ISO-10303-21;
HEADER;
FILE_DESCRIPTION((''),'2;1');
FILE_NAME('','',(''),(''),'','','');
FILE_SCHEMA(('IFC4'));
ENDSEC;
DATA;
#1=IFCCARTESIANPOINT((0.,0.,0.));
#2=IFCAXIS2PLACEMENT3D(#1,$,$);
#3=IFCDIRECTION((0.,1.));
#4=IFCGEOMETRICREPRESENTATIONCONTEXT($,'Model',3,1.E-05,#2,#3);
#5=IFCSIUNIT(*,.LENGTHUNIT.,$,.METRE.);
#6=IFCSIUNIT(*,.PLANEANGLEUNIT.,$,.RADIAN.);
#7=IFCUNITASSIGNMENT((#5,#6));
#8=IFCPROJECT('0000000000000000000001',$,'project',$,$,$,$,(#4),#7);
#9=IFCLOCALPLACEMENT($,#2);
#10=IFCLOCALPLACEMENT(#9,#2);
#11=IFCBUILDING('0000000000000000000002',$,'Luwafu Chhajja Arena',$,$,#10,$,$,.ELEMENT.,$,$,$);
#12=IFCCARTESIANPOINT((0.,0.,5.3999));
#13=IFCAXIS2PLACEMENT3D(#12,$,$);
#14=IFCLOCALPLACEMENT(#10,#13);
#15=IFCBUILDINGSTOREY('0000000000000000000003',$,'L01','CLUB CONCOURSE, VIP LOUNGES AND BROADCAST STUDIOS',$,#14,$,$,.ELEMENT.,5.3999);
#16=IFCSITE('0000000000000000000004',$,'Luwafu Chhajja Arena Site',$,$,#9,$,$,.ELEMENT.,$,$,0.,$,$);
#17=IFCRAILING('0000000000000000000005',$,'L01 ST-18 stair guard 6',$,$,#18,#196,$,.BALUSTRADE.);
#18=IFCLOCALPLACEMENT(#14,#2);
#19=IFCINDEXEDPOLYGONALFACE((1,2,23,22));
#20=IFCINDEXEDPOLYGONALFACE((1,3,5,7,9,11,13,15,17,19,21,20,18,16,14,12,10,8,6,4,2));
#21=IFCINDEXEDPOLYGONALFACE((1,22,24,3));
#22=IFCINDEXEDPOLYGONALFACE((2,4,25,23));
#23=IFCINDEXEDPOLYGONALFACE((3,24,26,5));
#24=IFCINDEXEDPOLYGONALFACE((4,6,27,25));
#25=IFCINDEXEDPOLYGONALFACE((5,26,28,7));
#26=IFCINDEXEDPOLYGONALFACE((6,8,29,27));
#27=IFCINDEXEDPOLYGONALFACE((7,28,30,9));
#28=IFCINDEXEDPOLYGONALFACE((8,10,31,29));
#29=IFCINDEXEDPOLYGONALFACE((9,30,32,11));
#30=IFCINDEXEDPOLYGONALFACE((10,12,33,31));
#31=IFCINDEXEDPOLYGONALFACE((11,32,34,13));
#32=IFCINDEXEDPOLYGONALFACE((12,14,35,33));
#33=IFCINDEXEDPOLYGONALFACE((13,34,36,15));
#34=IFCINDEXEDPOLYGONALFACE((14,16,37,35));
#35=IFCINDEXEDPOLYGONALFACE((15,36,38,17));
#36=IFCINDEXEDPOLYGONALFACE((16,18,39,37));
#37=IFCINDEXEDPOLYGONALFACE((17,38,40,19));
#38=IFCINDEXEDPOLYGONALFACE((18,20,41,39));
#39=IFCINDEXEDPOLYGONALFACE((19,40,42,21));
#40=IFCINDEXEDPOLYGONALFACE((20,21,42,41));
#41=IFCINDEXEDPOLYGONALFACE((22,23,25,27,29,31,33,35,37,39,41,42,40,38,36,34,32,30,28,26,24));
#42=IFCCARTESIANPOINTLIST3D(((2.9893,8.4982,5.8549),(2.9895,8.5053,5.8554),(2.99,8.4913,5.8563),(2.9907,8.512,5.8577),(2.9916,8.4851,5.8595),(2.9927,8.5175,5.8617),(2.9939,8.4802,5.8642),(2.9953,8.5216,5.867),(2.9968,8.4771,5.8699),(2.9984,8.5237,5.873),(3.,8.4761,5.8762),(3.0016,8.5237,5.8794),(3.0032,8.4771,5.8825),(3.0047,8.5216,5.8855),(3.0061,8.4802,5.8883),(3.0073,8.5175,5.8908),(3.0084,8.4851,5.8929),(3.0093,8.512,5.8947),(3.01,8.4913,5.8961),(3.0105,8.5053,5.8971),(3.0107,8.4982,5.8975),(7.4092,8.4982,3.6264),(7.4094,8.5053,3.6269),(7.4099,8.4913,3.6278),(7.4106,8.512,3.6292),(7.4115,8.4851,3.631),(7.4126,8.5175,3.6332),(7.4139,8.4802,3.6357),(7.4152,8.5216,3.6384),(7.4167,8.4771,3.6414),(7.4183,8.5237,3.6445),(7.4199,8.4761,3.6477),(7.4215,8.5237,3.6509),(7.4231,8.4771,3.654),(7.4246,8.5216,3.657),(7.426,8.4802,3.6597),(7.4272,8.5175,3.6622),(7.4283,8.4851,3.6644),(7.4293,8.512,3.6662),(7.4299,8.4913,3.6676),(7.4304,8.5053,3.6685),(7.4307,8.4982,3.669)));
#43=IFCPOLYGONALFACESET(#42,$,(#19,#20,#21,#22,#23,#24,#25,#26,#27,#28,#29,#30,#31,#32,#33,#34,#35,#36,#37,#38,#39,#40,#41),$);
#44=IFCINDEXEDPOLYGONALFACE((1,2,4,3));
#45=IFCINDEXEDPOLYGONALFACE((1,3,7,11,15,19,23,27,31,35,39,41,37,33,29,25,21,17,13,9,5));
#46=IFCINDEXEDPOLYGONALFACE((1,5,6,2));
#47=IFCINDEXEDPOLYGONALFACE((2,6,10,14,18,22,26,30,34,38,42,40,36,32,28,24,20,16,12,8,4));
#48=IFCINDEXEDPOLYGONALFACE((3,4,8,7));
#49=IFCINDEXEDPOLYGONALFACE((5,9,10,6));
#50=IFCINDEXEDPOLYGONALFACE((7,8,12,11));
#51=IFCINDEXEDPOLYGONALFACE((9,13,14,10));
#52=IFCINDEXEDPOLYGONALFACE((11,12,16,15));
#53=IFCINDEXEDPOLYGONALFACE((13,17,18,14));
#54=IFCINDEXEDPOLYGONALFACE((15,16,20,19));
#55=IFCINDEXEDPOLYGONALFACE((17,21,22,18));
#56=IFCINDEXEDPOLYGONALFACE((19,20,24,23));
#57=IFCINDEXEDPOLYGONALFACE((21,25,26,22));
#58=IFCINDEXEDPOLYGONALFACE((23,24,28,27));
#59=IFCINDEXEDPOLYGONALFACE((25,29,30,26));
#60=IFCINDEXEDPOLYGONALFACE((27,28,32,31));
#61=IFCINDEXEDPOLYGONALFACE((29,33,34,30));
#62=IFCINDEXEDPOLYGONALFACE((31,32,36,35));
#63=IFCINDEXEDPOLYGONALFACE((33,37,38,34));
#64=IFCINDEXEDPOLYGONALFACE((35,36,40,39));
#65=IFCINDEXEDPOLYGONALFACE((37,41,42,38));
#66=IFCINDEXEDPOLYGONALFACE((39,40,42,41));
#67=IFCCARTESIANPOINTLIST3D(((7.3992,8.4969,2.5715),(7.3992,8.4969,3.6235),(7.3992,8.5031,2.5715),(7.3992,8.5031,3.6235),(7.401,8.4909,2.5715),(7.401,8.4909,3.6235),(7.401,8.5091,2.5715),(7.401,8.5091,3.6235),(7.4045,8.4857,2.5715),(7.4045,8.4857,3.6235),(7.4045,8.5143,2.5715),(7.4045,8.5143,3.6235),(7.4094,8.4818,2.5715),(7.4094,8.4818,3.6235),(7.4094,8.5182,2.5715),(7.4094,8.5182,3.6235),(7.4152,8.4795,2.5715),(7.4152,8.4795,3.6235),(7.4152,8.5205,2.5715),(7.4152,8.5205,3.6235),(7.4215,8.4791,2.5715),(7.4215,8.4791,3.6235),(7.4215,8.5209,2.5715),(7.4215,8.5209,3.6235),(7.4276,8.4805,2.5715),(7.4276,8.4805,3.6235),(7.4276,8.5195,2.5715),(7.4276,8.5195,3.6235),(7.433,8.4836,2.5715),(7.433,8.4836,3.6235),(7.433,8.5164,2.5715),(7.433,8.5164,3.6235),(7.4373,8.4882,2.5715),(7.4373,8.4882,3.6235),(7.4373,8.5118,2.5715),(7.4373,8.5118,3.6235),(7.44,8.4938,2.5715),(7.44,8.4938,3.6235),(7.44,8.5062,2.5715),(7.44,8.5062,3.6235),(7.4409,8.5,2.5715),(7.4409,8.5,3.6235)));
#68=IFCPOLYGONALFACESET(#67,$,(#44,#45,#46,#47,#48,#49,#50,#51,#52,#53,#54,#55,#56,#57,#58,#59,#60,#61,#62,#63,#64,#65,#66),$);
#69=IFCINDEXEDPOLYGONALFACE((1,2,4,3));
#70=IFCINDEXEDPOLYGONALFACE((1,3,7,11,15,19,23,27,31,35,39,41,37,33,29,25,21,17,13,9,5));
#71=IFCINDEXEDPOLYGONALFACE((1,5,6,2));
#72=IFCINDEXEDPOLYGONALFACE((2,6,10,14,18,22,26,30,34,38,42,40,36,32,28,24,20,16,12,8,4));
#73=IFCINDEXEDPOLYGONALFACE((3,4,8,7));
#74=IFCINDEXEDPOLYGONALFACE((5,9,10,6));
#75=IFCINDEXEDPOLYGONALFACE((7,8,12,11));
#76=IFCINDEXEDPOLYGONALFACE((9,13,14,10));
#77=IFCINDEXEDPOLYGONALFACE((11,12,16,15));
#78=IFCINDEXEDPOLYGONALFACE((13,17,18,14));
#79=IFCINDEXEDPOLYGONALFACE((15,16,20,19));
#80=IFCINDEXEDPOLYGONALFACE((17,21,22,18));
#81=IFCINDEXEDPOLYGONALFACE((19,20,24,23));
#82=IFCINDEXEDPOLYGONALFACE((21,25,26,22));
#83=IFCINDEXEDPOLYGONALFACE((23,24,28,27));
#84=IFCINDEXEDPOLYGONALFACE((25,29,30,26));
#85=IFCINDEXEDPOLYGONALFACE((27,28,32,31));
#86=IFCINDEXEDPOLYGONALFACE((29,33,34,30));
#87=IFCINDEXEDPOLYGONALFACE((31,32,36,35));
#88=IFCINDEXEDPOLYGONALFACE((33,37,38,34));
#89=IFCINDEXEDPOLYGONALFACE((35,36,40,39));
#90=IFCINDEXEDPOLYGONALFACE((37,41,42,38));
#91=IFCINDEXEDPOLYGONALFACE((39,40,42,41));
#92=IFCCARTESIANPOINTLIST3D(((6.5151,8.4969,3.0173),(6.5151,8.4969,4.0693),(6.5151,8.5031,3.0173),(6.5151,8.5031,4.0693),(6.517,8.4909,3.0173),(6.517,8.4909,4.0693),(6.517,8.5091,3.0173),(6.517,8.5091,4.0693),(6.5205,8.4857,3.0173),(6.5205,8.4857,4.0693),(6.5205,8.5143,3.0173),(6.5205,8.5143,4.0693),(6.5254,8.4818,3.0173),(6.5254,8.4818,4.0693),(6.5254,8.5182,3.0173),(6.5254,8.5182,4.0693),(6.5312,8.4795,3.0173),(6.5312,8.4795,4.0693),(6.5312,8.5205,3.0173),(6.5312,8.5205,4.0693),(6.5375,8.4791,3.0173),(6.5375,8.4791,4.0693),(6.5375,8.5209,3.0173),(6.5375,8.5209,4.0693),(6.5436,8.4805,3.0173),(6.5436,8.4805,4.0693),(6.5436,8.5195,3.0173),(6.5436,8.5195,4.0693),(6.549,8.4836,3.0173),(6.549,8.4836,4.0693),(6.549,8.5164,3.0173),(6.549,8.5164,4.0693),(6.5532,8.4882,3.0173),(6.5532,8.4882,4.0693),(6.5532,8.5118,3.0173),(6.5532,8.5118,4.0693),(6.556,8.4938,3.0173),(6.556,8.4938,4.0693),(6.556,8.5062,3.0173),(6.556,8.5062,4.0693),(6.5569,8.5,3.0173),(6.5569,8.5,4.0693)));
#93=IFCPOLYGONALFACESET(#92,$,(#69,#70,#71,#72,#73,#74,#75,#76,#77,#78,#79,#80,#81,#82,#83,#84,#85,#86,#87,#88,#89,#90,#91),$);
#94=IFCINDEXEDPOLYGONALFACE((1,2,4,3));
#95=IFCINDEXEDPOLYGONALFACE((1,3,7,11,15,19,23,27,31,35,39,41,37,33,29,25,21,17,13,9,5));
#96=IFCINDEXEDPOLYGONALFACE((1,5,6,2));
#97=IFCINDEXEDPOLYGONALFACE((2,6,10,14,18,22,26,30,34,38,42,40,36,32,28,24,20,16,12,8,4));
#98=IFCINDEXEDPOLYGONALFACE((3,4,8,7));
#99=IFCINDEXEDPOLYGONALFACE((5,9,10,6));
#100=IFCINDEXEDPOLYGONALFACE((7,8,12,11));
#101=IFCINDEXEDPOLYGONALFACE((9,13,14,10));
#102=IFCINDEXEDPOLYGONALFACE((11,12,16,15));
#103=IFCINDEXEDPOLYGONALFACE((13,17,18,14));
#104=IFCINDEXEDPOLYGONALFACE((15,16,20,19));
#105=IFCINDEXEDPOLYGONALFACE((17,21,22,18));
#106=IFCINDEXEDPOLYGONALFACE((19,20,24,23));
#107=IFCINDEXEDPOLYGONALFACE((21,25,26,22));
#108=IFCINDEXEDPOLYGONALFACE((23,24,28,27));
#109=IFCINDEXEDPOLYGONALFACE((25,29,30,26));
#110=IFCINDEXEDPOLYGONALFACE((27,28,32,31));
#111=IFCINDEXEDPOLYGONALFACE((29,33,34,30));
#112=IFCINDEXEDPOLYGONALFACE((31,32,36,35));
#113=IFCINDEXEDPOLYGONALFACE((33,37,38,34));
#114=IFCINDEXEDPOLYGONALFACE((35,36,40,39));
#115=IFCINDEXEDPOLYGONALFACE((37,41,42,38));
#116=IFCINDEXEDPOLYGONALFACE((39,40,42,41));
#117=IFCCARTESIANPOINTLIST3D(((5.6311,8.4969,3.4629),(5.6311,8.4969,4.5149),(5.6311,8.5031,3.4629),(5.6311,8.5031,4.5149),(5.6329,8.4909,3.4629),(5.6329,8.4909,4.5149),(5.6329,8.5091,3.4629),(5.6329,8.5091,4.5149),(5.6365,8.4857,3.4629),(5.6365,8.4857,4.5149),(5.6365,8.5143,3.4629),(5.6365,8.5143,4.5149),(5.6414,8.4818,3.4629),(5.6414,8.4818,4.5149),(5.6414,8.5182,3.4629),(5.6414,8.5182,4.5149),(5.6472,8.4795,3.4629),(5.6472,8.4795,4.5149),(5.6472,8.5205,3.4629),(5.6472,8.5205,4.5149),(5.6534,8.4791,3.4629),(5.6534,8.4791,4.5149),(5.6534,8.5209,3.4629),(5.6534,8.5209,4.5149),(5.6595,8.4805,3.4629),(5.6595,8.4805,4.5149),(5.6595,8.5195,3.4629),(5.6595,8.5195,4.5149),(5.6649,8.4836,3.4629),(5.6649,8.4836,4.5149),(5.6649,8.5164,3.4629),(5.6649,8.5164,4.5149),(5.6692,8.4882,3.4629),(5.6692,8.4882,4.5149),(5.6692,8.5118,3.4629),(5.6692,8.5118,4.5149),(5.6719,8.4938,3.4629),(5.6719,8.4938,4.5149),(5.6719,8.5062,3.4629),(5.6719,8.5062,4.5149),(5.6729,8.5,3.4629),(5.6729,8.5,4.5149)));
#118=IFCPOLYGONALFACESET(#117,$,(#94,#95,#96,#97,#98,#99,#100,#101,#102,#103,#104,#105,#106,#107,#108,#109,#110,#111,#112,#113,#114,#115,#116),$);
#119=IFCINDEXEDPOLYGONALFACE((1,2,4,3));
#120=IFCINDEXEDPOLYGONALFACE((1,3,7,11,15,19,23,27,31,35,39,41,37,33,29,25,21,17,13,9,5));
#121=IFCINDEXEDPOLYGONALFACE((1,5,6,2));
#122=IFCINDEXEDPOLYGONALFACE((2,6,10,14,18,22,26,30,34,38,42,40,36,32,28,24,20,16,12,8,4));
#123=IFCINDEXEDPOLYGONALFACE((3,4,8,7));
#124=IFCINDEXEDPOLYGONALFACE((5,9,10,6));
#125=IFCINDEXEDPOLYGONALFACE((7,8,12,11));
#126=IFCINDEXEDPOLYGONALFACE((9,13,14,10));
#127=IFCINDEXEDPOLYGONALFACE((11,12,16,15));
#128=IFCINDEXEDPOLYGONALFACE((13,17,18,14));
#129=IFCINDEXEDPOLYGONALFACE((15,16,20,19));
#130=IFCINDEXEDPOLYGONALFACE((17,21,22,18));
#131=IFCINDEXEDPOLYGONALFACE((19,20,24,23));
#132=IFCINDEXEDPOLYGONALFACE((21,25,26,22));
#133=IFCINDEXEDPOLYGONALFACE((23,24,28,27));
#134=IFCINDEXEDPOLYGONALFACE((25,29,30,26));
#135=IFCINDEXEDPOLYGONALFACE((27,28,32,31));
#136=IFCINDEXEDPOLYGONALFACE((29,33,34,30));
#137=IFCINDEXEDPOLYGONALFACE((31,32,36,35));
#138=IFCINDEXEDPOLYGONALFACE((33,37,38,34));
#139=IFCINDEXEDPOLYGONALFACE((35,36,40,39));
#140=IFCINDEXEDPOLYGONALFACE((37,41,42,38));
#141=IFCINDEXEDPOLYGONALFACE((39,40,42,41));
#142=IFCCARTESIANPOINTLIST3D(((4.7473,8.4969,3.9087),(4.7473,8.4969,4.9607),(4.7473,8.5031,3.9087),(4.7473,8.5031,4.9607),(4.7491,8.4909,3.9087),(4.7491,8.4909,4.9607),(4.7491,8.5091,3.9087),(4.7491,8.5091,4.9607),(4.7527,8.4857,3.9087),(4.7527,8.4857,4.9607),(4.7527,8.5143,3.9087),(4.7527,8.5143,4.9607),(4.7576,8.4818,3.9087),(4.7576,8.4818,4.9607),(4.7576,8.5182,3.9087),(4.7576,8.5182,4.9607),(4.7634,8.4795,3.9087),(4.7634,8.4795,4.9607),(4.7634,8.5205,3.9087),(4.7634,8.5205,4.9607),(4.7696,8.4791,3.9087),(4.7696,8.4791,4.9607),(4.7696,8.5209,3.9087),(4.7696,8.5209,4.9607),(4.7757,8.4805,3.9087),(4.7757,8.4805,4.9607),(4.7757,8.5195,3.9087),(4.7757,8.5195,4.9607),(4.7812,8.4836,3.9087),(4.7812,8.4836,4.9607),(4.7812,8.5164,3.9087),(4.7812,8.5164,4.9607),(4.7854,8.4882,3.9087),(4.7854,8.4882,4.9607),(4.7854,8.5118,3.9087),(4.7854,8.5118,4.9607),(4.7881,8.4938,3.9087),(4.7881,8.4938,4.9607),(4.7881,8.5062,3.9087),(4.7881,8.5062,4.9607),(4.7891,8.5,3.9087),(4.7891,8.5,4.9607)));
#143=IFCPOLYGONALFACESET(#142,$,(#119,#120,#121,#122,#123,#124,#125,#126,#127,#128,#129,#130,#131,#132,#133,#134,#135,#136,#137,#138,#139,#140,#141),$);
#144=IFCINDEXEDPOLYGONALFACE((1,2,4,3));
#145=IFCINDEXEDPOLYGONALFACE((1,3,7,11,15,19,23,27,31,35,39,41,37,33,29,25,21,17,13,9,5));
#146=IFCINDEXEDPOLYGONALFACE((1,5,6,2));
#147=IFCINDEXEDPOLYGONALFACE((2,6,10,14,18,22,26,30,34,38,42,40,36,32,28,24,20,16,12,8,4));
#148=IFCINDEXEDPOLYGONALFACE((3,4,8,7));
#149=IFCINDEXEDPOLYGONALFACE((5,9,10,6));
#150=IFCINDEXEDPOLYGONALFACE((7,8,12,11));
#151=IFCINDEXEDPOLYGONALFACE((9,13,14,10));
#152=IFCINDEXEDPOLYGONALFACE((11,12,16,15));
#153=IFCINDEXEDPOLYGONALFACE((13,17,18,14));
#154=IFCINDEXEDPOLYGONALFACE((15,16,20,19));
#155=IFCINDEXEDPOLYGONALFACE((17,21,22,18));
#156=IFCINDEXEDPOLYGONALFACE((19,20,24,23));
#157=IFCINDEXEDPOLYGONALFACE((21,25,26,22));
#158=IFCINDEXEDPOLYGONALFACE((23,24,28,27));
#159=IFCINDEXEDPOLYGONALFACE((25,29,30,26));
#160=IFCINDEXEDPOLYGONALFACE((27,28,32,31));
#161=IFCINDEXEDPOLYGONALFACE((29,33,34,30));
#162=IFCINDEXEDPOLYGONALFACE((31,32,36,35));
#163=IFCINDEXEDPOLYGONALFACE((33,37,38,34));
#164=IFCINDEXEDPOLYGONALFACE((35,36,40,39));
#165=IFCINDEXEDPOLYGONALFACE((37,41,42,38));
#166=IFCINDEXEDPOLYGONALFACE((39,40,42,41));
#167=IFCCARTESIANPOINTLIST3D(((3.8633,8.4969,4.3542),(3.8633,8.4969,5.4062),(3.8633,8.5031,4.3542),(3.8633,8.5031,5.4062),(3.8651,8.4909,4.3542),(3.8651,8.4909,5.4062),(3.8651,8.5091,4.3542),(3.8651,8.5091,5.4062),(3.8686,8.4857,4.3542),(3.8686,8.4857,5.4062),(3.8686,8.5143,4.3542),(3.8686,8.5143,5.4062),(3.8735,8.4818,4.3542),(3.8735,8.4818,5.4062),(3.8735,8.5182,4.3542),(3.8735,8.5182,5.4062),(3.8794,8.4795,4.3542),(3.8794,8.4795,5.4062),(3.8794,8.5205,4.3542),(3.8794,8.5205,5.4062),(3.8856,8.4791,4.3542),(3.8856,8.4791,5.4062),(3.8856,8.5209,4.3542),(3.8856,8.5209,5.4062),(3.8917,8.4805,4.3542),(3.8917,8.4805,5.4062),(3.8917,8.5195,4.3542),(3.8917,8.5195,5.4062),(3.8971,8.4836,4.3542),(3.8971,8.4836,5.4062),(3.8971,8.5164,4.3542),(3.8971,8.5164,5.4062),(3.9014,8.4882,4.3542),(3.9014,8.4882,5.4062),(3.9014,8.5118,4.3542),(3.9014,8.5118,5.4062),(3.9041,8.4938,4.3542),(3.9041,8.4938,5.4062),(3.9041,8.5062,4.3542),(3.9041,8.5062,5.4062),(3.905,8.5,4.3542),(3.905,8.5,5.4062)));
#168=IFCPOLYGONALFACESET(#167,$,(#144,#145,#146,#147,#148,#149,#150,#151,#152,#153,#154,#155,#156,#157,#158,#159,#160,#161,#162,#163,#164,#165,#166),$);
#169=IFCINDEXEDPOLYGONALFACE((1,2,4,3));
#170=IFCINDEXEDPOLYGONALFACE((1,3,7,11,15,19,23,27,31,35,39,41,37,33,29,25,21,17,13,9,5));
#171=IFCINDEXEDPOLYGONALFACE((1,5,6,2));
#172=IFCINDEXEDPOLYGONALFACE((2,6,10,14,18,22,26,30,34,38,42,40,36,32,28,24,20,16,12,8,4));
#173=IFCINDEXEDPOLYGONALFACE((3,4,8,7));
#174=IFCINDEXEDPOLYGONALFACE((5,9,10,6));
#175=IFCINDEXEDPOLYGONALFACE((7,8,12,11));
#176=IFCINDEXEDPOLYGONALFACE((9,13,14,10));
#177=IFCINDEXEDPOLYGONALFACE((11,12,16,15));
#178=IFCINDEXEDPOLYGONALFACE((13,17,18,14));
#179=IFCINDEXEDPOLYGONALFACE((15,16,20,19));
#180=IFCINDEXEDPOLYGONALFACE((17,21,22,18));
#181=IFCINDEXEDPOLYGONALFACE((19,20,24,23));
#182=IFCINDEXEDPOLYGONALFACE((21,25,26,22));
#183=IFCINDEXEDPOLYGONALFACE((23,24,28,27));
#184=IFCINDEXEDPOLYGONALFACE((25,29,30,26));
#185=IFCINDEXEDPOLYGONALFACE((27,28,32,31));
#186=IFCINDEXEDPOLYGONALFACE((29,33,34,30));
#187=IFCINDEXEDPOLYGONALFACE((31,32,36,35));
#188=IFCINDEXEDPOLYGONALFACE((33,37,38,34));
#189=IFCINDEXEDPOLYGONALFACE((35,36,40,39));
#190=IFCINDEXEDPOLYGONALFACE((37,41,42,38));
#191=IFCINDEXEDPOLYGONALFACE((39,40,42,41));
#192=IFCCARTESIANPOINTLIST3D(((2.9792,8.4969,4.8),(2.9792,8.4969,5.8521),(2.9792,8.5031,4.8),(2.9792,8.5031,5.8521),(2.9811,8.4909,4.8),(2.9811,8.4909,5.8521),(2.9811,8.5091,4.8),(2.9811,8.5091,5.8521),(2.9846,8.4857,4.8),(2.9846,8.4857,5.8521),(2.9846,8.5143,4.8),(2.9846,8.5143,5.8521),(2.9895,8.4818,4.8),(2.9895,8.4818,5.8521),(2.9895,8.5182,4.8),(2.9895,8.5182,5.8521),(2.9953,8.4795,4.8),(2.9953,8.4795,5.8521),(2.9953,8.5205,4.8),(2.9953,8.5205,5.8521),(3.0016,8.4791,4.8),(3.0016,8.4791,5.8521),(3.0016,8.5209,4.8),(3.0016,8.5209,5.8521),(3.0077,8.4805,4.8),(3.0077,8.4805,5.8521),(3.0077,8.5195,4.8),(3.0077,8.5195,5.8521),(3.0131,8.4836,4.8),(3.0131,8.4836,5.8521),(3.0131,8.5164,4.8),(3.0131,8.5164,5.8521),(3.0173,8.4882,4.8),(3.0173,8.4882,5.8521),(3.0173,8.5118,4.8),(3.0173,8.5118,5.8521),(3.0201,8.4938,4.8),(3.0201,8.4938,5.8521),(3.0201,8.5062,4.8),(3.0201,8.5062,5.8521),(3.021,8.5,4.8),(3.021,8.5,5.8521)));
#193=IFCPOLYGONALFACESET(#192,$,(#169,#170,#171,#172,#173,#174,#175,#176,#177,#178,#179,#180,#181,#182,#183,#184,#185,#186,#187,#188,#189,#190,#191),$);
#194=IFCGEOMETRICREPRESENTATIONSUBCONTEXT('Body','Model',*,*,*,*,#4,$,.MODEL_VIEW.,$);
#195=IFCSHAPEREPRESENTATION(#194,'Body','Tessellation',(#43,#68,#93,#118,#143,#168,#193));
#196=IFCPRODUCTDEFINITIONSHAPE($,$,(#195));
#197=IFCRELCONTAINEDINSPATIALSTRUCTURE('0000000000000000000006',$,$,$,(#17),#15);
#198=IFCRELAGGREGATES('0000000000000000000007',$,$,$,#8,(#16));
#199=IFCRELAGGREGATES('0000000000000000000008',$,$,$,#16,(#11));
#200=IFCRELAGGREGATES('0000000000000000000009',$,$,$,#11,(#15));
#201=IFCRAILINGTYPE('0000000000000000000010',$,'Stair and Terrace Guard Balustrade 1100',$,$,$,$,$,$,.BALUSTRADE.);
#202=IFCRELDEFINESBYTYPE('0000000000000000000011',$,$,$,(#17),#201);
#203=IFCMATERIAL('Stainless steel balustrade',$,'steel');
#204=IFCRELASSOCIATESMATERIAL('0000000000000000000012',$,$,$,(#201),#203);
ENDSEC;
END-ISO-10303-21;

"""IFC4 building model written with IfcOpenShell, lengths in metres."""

from ifc_helpers import new_model, si_unit, direction, frame, origin, origin_2d, place, context, subcontext, project, spatial, circle, extrude, material, type_object, element, save


model = new_model("IFC4")

# Units and contexts
model_context = context("Model", 3, precision=1e-05, world=origin(), true_north=direction((0.0, 1.0)))
body_context = subcontext(model_context, "Body", "Model", "MODEL_VIEW")
ifc_project = project(units=[si_unit("LENGTHUNIT", "METRE"), si_unit("PLANEANGLEUNIT", "RADIAN")], contexts=[model_context])

# Site, building, storey
site_placement = place(None, origin())
site = spatial("IfcSite", under=ifc_project, at=site_placement, Name="Luwafu Chhajja Arena Site", CompositionType="ELEMENT", RefElevation=0.0)
building_placement = place(site_placement, origin())
building = spatial("IfcBuilding", under=site, at=building_placement, Name="Luwafu Chhajja Arena", CompositionType="ELEMENT")
storey_placement = place(building_placement, frame((0.0, 0.0, 5.3999)))
storey = spatial("IfcBuildingStorey", under=building, at=storey_placement, Name="L01", Description="CLUB CONCOURSE, VIP LOUNGES AND BROADCAST STUDIOS", CompositionType="ELEMENT", Elevation=5.3999)

# Shared definitions
ifc_material_1 = material(Name="Stainless steel balustrade", Category="steel")

# Railing
railing_type_1 = type_object("IfcRailingType", Name="Stair and Terrace Guard Balustrade 1100", PredefinedType="BALUSTRADE", material=ifc_material_1)
railing_1_placement = place(storey_placement, frame((7.4199, 8.5, 2.5715)))
element("IfcRailing", 1, at=railing_1_placement, inside=storey, type_object=railing_type_1, Name="L01 ST-18 stair guard 6", PredefinedType="BALUSTRADE", context=body_context, shape_type="SweptSolid", body=[
    extrude(circle(Radius=0.0239, at=origin_2d()), frame((0.0, 0.0, 1.0762), z_axis=(-0.892923, 0.0, 0.45021), x_axis=(0.0, -1.0, 0.0)), (0.0, 0.0, 1.0), 4.95),
    extrude(circle(Radius=0.021, at=origin_2d()), origin(), (0.0, 0.0, 1.0), 1.052),
    extrude(circle(Radius=0.021, at=origin_2d()), frame((-0.884, 0.0, 0.4458)), (0.0, 0.0, 1.0), 1.052),
    extrude(circle(Radius=0.021, at=origin_2d()), frame((-1.7681, 0.0, 0.8914)), (0.0, 0.0, 1.0), 1.052),
    extrude(circle(Radius=0.021, at=origin_2d()), frame((-2.6519, 0.0, 1.3372)), (0.0, 0.0, 1.0), 1.052),
    extrude(circle(Radius=0.021, at=origin_2d()), frame((-3.5359, 0.0, 1.7827)), (0.0, 0.0, 1.0), 1.052),
    extrude(circle(Radius=0.021, at=origin_2d()), frame((-4.4199, 0.0, 2.2285)), (0.0, 0.0, 1.0), 1.052),
])

save(model, "model.ifc")
